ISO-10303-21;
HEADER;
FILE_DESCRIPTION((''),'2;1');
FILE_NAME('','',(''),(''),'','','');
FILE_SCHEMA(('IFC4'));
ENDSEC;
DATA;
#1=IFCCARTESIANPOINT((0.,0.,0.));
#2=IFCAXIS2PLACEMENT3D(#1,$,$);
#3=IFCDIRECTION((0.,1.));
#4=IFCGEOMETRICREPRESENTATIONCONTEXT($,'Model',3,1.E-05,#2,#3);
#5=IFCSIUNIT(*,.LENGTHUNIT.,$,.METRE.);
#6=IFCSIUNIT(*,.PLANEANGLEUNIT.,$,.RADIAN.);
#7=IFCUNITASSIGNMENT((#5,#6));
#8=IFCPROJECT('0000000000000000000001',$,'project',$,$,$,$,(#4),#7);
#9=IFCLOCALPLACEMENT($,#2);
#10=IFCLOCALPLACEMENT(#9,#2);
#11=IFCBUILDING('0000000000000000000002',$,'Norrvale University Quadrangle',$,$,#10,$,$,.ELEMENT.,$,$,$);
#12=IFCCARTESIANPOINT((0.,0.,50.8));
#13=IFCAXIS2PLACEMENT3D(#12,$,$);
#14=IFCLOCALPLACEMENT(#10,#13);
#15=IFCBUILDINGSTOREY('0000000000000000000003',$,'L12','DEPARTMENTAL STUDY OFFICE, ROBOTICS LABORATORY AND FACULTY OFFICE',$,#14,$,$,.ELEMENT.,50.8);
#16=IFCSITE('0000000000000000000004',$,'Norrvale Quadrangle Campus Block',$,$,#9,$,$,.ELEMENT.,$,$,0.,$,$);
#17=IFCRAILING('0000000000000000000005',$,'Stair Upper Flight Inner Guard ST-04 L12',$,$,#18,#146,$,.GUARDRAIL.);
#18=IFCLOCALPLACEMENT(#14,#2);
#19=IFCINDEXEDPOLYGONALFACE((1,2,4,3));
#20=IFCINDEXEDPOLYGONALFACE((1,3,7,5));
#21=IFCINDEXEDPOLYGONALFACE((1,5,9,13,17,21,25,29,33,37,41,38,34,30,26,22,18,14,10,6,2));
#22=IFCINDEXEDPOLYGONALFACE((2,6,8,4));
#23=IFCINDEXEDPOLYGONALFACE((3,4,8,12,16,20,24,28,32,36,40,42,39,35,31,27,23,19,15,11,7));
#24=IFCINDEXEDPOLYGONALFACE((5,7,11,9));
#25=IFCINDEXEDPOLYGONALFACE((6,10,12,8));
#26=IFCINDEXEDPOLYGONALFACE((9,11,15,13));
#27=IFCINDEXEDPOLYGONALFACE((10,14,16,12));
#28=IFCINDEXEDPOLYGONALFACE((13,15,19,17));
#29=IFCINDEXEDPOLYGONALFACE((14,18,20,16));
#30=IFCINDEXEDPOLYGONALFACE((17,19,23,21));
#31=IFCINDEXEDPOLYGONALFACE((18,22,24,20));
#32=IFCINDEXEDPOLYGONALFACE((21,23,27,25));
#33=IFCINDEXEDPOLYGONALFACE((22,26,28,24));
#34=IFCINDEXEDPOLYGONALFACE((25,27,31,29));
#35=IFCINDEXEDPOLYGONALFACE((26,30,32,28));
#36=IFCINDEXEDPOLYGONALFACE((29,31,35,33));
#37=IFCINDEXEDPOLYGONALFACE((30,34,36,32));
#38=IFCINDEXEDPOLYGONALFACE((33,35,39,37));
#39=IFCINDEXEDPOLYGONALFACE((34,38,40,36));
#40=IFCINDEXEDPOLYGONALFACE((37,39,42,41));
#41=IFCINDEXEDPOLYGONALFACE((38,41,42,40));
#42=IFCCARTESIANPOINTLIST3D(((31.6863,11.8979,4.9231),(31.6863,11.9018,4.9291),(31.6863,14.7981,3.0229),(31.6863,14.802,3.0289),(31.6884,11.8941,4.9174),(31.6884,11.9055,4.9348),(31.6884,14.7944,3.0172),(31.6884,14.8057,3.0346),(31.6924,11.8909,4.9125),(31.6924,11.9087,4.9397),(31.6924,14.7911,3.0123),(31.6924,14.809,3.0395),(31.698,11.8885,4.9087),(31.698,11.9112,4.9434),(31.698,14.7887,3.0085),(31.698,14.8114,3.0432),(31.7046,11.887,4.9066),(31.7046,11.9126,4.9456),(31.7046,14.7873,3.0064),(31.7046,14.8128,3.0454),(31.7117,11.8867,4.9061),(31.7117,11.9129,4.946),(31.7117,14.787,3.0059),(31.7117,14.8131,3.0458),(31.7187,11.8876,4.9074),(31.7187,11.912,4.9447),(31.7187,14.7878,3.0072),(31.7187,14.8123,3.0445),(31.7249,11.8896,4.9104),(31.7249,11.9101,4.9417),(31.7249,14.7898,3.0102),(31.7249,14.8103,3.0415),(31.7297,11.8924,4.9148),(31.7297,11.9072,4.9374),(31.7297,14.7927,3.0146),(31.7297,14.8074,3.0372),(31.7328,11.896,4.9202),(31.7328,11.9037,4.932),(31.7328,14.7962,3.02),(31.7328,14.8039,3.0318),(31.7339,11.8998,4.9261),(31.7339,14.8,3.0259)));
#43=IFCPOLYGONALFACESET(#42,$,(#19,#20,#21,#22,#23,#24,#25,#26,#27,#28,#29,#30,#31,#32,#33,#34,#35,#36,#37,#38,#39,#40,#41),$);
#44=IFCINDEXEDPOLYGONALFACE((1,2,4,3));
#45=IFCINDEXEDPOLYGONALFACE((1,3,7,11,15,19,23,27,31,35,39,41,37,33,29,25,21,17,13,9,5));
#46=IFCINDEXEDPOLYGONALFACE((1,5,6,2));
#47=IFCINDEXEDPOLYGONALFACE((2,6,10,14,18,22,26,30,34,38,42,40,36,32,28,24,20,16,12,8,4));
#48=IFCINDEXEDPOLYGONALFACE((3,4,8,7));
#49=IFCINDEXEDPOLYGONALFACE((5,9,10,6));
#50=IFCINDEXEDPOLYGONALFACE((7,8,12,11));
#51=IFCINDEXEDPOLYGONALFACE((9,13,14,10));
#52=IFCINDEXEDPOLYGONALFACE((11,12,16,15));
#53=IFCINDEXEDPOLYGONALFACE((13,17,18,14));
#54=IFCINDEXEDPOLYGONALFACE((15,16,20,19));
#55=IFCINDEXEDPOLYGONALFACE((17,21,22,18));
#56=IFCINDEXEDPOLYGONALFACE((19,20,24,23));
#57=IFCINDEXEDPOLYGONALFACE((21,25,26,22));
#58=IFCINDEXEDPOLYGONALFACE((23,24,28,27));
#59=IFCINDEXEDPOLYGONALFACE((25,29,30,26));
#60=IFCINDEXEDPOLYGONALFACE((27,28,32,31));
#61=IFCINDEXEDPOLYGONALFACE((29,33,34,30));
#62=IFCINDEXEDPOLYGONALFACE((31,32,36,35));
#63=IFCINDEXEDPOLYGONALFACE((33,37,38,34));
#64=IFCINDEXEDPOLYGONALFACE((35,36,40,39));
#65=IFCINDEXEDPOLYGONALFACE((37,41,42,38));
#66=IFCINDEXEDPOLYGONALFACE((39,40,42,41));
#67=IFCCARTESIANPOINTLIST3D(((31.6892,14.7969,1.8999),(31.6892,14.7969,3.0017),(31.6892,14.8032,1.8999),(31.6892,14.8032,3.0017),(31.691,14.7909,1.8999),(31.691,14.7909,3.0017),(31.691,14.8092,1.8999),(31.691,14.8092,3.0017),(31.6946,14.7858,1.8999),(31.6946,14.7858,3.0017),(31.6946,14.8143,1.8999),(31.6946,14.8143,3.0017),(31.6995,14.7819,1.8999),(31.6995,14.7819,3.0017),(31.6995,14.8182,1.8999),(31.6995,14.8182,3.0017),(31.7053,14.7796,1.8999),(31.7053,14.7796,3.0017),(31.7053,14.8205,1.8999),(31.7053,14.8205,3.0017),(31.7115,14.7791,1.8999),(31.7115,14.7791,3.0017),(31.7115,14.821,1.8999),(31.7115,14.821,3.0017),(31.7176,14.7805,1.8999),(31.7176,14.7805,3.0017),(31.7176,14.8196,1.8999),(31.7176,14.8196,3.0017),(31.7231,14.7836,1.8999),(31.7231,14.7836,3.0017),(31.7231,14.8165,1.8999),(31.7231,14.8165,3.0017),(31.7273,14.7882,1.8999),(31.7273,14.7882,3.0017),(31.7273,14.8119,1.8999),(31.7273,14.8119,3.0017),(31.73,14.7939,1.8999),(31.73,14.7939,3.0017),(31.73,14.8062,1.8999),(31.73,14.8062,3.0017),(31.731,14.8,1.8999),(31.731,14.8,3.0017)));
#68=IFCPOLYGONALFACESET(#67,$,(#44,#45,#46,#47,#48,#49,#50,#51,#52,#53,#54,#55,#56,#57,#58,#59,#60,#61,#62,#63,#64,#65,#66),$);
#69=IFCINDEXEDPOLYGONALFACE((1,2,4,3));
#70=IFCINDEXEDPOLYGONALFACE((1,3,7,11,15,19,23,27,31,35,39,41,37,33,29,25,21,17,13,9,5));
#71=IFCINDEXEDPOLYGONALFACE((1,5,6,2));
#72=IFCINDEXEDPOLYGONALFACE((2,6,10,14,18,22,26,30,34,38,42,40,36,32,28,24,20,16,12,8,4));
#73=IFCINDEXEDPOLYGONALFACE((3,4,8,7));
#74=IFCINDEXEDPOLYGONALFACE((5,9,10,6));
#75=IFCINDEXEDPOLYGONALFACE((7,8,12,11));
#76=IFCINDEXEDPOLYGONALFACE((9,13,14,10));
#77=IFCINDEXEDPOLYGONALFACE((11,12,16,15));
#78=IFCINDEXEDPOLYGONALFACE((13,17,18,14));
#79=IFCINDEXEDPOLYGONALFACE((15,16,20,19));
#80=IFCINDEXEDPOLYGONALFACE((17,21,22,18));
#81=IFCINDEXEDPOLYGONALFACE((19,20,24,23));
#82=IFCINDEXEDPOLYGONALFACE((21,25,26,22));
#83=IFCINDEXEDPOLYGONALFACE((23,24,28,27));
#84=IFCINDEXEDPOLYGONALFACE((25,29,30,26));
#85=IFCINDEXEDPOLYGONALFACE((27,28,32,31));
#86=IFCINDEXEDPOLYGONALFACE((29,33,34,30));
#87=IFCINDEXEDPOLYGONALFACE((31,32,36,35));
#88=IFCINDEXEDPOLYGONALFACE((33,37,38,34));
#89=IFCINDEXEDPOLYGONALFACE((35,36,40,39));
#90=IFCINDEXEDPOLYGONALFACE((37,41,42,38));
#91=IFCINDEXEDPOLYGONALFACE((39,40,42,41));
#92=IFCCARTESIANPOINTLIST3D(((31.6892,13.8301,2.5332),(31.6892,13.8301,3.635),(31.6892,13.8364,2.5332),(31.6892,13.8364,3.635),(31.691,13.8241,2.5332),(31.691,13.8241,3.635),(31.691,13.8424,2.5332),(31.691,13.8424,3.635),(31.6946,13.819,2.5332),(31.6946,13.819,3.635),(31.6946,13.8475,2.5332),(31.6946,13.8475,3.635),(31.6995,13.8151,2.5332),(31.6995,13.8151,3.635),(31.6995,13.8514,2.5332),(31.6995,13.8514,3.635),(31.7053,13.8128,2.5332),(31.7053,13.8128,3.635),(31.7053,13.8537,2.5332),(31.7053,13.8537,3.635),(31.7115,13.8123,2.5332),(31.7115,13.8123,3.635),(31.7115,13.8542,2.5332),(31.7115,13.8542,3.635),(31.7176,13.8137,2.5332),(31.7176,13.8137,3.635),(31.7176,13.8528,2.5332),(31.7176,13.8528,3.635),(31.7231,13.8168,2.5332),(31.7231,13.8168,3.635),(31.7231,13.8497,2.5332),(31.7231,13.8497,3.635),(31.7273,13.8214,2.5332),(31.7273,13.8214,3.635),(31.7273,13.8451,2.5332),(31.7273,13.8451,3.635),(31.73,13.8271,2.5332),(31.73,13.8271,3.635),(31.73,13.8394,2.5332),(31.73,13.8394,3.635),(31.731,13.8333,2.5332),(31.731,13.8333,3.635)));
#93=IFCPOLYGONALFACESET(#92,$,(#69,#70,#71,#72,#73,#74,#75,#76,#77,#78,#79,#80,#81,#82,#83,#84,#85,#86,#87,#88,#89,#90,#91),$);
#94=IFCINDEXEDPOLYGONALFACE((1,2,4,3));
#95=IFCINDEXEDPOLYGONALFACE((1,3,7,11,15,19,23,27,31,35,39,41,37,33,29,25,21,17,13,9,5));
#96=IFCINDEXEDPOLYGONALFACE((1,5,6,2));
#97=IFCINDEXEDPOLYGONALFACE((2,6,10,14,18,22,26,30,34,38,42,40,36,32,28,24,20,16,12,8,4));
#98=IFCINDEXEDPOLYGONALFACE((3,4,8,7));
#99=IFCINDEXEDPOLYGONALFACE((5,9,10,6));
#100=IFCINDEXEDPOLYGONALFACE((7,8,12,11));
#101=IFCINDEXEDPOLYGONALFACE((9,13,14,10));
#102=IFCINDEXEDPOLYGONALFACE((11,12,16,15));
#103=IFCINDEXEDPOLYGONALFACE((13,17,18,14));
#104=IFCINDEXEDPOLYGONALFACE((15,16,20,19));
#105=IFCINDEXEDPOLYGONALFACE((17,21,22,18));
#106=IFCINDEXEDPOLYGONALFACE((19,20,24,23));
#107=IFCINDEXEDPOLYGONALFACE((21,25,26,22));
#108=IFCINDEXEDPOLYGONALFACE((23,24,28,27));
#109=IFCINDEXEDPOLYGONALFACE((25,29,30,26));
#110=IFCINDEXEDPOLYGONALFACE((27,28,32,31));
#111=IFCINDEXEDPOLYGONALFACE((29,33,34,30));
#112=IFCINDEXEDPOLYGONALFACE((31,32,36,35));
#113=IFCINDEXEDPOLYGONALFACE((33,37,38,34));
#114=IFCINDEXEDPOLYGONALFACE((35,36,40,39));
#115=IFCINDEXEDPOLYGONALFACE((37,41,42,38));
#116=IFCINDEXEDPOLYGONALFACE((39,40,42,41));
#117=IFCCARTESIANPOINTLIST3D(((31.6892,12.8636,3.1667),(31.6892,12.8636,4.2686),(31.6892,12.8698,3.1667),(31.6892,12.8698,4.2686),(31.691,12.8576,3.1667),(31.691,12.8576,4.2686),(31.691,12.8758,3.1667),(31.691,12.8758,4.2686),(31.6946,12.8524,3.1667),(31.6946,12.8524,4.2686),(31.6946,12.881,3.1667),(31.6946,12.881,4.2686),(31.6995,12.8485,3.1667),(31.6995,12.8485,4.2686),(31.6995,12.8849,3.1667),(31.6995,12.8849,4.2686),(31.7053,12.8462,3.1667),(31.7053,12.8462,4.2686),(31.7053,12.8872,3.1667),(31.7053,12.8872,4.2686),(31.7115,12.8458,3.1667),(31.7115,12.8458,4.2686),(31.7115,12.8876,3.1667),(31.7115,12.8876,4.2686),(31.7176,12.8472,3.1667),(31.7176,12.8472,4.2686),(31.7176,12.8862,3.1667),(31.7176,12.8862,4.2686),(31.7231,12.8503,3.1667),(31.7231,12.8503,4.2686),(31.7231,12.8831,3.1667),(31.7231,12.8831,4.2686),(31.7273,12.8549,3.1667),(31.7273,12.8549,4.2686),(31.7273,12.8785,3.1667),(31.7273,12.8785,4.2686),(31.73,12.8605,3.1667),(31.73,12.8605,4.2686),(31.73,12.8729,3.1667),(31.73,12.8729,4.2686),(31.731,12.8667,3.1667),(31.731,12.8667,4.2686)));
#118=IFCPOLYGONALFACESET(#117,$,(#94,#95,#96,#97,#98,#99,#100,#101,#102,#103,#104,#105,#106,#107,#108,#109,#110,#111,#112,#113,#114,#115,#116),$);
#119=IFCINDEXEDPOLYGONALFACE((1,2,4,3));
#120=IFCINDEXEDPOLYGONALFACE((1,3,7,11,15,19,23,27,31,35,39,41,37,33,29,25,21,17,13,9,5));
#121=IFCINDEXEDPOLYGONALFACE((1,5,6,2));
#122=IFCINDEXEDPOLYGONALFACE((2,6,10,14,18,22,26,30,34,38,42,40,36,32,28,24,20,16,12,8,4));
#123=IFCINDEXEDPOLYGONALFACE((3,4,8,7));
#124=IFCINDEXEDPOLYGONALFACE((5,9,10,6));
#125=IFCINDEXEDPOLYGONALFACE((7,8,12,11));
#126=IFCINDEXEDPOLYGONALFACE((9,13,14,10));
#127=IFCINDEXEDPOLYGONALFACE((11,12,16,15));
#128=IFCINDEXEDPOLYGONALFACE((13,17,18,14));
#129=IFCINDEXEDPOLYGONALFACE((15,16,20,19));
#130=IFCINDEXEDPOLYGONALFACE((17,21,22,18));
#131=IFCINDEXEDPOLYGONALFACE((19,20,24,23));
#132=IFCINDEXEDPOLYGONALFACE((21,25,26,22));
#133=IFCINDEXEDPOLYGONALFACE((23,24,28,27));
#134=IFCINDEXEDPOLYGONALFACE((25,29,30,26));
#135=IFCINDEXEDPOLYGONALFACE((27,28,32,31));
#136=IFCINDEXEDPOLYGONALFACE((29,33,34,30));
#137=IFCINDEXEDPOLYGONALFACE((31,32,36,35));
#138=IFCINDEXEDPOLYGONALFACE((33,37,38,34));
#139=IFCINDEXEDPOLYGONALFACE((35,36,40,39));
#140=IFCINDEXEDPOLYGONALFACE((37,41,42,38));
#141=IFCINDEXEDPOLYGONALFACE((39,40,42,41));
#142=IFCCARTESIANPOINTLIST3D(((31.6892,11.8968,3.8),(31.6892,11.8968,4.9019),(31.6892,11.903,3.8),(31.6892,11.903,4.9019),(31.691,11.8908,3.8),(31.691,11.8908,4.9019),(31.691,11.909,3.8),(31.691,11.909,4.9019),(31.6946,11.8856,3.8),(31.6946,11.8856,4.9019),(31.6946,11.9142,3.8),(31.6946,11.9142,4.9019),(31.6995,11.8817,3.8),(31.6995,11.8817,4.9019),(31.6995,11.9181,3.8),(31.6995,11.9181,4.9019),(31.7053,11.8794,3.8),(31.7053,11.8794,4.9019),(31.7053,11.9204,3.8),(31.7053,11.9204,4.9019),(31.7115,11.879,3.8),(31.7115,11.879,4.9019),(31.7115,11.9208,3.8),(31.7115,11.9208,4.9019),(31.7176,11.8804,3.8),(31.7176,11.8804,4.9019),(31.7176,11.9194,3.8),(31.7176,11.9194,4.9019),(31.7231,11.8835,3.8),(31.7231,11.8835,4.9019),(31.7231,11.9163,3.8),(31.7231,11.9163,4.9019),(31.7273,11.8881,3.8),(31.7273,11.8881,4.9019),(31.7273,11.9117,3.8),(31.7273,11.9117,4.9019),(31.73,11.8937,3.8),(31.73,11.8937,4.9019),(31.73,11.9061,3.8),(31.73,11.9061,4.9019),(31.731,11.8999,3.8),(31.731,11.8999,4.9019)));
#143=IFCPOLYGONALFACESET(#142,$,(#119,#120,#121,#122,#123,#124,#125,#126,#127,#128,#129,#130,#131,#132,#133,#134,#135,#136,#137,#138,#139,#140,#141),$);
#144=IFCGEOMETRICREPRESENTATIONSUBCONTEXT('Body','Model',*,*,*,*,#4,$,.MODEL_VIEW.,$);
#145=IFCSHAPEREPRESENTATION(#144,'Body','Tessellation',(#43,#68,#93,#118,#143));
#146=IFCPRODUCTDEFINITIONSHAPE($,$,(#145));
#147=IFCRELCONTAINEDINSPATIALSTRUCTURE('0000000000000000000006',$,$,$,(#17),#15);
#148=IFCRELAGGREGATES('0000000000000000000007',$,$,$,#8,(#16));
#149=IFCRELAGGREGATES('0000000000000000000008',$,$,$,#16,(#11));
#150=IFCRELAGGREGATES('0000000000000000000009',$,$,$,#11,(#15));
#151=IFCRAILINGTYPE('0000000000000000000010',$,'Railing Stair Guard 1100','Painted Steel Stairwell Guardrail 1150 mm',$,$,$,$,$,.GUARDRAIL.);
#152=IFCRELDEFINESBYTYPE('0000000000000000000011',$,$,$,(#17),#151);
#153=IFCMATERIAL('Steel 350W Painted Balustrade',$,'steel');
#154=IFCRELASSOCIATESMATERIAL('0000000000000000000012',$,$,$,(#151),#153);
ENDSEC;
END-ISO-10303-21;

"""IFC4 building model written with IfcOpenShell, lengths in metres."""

from ifc_helpers import new_model, si_unit, direction, frame, origin, origin_2d, place, context, subcontext, project, spatial, circle, extrude, material, type_object, element, save


model = new_model("IFC4")

# Units and contexts
model_context = context("Model", 3, precision=1e-05, world=origin(), true_north=direction((0.0, 1.0)))
body_context = subcontext(model_context, "Body", "Model", "MODEL_VIEW")
ifc_project = project(units=[si_unit("LENGTHUNIT", "METRE"), si_unit("PLANEANGLEUNIT", "RADIAN")], contexts=[model_context])

# Site, building, storey
site_placement = place(None, origin())
site = spatial("IfcSite", under=ifc_project, at=site_placement, Name="Norrvale Quadrangle Campus Block", CompositionType="ELEMENT", RefElevation=0.0)
building_placement = place(site_placement, origin())
building = spatial("IfcBuilding", under=site, at=building_placement, Name="Norrvale University Quadrangle", CompositionType="ELEMENT")
storey_placement = place(building_placement, frame((0.0, 0.0, 50.8)))
storey = spatial("IfcBuildingStorey", under=building, at=storey_placement, Name="L12", Description="DEPARTMENTAL STUDY OFFICE, ROBOTICS LABORATORY AND FACULTY OFFICE", CompositionType="ELEMENT", Elevation=50.8)

# Railing
ifc_material_1 = material(Name="Steel 350W Painted Balustrade", Category="steel")
railing_type_1 = type_object("IfcRailingType", Name="Railing Stair Guard 1100", Description="Painted Steel Stairwell Guardrail 1150 mm", PredefinedType="GUARDRAIL", material=ifc_material_1)
railing_1_placement = place(storey_placement, frame((31.71, 14.8, 1.8999)))
element("IfcRailing", 1, at=railing_1_placement, inside=storey, type_object=railing_type_1, Name="Stair Upper Flight Inner Guard ST-04 L12", PredefinedType="GUARDRAIL", context=body_context, shape_type="SweptSolid", body=[
    extrude(circle(Radius=0.0239, at=origin_2d()), frame((0.0, 0.0, 1.126), z_axis=(0.0, -0.836454, 0.548036), x_axis=(1.0, 0.0, 0.0)), (0.0, 0.0, 1.0), 3.4673),
    extrude(circle(Radius=0.021, at=origin_2d()), origin(), (0.0, 0.0, 1.0), 1.1018),
    extrude(circle(Radius=0.021, at=origin_2d()), frame((0.0, -0.9668, 0.6333)), (0.0, 0.0, 1.0), 1.1018),
    extrude(circle(Radius=0.021, at=origin_2d()), frame((0.0, -1.9333, 1.2668)), (0.0, 0.0, 1.0), 1.1018),
    extrude(circle(Radius=0.021, at=origin_2d()), frame((0.0, -2.9001, 1.9001)), (0.0, 0.0, 1.0), 1.1018),
])

save(model, "model.ifc")
